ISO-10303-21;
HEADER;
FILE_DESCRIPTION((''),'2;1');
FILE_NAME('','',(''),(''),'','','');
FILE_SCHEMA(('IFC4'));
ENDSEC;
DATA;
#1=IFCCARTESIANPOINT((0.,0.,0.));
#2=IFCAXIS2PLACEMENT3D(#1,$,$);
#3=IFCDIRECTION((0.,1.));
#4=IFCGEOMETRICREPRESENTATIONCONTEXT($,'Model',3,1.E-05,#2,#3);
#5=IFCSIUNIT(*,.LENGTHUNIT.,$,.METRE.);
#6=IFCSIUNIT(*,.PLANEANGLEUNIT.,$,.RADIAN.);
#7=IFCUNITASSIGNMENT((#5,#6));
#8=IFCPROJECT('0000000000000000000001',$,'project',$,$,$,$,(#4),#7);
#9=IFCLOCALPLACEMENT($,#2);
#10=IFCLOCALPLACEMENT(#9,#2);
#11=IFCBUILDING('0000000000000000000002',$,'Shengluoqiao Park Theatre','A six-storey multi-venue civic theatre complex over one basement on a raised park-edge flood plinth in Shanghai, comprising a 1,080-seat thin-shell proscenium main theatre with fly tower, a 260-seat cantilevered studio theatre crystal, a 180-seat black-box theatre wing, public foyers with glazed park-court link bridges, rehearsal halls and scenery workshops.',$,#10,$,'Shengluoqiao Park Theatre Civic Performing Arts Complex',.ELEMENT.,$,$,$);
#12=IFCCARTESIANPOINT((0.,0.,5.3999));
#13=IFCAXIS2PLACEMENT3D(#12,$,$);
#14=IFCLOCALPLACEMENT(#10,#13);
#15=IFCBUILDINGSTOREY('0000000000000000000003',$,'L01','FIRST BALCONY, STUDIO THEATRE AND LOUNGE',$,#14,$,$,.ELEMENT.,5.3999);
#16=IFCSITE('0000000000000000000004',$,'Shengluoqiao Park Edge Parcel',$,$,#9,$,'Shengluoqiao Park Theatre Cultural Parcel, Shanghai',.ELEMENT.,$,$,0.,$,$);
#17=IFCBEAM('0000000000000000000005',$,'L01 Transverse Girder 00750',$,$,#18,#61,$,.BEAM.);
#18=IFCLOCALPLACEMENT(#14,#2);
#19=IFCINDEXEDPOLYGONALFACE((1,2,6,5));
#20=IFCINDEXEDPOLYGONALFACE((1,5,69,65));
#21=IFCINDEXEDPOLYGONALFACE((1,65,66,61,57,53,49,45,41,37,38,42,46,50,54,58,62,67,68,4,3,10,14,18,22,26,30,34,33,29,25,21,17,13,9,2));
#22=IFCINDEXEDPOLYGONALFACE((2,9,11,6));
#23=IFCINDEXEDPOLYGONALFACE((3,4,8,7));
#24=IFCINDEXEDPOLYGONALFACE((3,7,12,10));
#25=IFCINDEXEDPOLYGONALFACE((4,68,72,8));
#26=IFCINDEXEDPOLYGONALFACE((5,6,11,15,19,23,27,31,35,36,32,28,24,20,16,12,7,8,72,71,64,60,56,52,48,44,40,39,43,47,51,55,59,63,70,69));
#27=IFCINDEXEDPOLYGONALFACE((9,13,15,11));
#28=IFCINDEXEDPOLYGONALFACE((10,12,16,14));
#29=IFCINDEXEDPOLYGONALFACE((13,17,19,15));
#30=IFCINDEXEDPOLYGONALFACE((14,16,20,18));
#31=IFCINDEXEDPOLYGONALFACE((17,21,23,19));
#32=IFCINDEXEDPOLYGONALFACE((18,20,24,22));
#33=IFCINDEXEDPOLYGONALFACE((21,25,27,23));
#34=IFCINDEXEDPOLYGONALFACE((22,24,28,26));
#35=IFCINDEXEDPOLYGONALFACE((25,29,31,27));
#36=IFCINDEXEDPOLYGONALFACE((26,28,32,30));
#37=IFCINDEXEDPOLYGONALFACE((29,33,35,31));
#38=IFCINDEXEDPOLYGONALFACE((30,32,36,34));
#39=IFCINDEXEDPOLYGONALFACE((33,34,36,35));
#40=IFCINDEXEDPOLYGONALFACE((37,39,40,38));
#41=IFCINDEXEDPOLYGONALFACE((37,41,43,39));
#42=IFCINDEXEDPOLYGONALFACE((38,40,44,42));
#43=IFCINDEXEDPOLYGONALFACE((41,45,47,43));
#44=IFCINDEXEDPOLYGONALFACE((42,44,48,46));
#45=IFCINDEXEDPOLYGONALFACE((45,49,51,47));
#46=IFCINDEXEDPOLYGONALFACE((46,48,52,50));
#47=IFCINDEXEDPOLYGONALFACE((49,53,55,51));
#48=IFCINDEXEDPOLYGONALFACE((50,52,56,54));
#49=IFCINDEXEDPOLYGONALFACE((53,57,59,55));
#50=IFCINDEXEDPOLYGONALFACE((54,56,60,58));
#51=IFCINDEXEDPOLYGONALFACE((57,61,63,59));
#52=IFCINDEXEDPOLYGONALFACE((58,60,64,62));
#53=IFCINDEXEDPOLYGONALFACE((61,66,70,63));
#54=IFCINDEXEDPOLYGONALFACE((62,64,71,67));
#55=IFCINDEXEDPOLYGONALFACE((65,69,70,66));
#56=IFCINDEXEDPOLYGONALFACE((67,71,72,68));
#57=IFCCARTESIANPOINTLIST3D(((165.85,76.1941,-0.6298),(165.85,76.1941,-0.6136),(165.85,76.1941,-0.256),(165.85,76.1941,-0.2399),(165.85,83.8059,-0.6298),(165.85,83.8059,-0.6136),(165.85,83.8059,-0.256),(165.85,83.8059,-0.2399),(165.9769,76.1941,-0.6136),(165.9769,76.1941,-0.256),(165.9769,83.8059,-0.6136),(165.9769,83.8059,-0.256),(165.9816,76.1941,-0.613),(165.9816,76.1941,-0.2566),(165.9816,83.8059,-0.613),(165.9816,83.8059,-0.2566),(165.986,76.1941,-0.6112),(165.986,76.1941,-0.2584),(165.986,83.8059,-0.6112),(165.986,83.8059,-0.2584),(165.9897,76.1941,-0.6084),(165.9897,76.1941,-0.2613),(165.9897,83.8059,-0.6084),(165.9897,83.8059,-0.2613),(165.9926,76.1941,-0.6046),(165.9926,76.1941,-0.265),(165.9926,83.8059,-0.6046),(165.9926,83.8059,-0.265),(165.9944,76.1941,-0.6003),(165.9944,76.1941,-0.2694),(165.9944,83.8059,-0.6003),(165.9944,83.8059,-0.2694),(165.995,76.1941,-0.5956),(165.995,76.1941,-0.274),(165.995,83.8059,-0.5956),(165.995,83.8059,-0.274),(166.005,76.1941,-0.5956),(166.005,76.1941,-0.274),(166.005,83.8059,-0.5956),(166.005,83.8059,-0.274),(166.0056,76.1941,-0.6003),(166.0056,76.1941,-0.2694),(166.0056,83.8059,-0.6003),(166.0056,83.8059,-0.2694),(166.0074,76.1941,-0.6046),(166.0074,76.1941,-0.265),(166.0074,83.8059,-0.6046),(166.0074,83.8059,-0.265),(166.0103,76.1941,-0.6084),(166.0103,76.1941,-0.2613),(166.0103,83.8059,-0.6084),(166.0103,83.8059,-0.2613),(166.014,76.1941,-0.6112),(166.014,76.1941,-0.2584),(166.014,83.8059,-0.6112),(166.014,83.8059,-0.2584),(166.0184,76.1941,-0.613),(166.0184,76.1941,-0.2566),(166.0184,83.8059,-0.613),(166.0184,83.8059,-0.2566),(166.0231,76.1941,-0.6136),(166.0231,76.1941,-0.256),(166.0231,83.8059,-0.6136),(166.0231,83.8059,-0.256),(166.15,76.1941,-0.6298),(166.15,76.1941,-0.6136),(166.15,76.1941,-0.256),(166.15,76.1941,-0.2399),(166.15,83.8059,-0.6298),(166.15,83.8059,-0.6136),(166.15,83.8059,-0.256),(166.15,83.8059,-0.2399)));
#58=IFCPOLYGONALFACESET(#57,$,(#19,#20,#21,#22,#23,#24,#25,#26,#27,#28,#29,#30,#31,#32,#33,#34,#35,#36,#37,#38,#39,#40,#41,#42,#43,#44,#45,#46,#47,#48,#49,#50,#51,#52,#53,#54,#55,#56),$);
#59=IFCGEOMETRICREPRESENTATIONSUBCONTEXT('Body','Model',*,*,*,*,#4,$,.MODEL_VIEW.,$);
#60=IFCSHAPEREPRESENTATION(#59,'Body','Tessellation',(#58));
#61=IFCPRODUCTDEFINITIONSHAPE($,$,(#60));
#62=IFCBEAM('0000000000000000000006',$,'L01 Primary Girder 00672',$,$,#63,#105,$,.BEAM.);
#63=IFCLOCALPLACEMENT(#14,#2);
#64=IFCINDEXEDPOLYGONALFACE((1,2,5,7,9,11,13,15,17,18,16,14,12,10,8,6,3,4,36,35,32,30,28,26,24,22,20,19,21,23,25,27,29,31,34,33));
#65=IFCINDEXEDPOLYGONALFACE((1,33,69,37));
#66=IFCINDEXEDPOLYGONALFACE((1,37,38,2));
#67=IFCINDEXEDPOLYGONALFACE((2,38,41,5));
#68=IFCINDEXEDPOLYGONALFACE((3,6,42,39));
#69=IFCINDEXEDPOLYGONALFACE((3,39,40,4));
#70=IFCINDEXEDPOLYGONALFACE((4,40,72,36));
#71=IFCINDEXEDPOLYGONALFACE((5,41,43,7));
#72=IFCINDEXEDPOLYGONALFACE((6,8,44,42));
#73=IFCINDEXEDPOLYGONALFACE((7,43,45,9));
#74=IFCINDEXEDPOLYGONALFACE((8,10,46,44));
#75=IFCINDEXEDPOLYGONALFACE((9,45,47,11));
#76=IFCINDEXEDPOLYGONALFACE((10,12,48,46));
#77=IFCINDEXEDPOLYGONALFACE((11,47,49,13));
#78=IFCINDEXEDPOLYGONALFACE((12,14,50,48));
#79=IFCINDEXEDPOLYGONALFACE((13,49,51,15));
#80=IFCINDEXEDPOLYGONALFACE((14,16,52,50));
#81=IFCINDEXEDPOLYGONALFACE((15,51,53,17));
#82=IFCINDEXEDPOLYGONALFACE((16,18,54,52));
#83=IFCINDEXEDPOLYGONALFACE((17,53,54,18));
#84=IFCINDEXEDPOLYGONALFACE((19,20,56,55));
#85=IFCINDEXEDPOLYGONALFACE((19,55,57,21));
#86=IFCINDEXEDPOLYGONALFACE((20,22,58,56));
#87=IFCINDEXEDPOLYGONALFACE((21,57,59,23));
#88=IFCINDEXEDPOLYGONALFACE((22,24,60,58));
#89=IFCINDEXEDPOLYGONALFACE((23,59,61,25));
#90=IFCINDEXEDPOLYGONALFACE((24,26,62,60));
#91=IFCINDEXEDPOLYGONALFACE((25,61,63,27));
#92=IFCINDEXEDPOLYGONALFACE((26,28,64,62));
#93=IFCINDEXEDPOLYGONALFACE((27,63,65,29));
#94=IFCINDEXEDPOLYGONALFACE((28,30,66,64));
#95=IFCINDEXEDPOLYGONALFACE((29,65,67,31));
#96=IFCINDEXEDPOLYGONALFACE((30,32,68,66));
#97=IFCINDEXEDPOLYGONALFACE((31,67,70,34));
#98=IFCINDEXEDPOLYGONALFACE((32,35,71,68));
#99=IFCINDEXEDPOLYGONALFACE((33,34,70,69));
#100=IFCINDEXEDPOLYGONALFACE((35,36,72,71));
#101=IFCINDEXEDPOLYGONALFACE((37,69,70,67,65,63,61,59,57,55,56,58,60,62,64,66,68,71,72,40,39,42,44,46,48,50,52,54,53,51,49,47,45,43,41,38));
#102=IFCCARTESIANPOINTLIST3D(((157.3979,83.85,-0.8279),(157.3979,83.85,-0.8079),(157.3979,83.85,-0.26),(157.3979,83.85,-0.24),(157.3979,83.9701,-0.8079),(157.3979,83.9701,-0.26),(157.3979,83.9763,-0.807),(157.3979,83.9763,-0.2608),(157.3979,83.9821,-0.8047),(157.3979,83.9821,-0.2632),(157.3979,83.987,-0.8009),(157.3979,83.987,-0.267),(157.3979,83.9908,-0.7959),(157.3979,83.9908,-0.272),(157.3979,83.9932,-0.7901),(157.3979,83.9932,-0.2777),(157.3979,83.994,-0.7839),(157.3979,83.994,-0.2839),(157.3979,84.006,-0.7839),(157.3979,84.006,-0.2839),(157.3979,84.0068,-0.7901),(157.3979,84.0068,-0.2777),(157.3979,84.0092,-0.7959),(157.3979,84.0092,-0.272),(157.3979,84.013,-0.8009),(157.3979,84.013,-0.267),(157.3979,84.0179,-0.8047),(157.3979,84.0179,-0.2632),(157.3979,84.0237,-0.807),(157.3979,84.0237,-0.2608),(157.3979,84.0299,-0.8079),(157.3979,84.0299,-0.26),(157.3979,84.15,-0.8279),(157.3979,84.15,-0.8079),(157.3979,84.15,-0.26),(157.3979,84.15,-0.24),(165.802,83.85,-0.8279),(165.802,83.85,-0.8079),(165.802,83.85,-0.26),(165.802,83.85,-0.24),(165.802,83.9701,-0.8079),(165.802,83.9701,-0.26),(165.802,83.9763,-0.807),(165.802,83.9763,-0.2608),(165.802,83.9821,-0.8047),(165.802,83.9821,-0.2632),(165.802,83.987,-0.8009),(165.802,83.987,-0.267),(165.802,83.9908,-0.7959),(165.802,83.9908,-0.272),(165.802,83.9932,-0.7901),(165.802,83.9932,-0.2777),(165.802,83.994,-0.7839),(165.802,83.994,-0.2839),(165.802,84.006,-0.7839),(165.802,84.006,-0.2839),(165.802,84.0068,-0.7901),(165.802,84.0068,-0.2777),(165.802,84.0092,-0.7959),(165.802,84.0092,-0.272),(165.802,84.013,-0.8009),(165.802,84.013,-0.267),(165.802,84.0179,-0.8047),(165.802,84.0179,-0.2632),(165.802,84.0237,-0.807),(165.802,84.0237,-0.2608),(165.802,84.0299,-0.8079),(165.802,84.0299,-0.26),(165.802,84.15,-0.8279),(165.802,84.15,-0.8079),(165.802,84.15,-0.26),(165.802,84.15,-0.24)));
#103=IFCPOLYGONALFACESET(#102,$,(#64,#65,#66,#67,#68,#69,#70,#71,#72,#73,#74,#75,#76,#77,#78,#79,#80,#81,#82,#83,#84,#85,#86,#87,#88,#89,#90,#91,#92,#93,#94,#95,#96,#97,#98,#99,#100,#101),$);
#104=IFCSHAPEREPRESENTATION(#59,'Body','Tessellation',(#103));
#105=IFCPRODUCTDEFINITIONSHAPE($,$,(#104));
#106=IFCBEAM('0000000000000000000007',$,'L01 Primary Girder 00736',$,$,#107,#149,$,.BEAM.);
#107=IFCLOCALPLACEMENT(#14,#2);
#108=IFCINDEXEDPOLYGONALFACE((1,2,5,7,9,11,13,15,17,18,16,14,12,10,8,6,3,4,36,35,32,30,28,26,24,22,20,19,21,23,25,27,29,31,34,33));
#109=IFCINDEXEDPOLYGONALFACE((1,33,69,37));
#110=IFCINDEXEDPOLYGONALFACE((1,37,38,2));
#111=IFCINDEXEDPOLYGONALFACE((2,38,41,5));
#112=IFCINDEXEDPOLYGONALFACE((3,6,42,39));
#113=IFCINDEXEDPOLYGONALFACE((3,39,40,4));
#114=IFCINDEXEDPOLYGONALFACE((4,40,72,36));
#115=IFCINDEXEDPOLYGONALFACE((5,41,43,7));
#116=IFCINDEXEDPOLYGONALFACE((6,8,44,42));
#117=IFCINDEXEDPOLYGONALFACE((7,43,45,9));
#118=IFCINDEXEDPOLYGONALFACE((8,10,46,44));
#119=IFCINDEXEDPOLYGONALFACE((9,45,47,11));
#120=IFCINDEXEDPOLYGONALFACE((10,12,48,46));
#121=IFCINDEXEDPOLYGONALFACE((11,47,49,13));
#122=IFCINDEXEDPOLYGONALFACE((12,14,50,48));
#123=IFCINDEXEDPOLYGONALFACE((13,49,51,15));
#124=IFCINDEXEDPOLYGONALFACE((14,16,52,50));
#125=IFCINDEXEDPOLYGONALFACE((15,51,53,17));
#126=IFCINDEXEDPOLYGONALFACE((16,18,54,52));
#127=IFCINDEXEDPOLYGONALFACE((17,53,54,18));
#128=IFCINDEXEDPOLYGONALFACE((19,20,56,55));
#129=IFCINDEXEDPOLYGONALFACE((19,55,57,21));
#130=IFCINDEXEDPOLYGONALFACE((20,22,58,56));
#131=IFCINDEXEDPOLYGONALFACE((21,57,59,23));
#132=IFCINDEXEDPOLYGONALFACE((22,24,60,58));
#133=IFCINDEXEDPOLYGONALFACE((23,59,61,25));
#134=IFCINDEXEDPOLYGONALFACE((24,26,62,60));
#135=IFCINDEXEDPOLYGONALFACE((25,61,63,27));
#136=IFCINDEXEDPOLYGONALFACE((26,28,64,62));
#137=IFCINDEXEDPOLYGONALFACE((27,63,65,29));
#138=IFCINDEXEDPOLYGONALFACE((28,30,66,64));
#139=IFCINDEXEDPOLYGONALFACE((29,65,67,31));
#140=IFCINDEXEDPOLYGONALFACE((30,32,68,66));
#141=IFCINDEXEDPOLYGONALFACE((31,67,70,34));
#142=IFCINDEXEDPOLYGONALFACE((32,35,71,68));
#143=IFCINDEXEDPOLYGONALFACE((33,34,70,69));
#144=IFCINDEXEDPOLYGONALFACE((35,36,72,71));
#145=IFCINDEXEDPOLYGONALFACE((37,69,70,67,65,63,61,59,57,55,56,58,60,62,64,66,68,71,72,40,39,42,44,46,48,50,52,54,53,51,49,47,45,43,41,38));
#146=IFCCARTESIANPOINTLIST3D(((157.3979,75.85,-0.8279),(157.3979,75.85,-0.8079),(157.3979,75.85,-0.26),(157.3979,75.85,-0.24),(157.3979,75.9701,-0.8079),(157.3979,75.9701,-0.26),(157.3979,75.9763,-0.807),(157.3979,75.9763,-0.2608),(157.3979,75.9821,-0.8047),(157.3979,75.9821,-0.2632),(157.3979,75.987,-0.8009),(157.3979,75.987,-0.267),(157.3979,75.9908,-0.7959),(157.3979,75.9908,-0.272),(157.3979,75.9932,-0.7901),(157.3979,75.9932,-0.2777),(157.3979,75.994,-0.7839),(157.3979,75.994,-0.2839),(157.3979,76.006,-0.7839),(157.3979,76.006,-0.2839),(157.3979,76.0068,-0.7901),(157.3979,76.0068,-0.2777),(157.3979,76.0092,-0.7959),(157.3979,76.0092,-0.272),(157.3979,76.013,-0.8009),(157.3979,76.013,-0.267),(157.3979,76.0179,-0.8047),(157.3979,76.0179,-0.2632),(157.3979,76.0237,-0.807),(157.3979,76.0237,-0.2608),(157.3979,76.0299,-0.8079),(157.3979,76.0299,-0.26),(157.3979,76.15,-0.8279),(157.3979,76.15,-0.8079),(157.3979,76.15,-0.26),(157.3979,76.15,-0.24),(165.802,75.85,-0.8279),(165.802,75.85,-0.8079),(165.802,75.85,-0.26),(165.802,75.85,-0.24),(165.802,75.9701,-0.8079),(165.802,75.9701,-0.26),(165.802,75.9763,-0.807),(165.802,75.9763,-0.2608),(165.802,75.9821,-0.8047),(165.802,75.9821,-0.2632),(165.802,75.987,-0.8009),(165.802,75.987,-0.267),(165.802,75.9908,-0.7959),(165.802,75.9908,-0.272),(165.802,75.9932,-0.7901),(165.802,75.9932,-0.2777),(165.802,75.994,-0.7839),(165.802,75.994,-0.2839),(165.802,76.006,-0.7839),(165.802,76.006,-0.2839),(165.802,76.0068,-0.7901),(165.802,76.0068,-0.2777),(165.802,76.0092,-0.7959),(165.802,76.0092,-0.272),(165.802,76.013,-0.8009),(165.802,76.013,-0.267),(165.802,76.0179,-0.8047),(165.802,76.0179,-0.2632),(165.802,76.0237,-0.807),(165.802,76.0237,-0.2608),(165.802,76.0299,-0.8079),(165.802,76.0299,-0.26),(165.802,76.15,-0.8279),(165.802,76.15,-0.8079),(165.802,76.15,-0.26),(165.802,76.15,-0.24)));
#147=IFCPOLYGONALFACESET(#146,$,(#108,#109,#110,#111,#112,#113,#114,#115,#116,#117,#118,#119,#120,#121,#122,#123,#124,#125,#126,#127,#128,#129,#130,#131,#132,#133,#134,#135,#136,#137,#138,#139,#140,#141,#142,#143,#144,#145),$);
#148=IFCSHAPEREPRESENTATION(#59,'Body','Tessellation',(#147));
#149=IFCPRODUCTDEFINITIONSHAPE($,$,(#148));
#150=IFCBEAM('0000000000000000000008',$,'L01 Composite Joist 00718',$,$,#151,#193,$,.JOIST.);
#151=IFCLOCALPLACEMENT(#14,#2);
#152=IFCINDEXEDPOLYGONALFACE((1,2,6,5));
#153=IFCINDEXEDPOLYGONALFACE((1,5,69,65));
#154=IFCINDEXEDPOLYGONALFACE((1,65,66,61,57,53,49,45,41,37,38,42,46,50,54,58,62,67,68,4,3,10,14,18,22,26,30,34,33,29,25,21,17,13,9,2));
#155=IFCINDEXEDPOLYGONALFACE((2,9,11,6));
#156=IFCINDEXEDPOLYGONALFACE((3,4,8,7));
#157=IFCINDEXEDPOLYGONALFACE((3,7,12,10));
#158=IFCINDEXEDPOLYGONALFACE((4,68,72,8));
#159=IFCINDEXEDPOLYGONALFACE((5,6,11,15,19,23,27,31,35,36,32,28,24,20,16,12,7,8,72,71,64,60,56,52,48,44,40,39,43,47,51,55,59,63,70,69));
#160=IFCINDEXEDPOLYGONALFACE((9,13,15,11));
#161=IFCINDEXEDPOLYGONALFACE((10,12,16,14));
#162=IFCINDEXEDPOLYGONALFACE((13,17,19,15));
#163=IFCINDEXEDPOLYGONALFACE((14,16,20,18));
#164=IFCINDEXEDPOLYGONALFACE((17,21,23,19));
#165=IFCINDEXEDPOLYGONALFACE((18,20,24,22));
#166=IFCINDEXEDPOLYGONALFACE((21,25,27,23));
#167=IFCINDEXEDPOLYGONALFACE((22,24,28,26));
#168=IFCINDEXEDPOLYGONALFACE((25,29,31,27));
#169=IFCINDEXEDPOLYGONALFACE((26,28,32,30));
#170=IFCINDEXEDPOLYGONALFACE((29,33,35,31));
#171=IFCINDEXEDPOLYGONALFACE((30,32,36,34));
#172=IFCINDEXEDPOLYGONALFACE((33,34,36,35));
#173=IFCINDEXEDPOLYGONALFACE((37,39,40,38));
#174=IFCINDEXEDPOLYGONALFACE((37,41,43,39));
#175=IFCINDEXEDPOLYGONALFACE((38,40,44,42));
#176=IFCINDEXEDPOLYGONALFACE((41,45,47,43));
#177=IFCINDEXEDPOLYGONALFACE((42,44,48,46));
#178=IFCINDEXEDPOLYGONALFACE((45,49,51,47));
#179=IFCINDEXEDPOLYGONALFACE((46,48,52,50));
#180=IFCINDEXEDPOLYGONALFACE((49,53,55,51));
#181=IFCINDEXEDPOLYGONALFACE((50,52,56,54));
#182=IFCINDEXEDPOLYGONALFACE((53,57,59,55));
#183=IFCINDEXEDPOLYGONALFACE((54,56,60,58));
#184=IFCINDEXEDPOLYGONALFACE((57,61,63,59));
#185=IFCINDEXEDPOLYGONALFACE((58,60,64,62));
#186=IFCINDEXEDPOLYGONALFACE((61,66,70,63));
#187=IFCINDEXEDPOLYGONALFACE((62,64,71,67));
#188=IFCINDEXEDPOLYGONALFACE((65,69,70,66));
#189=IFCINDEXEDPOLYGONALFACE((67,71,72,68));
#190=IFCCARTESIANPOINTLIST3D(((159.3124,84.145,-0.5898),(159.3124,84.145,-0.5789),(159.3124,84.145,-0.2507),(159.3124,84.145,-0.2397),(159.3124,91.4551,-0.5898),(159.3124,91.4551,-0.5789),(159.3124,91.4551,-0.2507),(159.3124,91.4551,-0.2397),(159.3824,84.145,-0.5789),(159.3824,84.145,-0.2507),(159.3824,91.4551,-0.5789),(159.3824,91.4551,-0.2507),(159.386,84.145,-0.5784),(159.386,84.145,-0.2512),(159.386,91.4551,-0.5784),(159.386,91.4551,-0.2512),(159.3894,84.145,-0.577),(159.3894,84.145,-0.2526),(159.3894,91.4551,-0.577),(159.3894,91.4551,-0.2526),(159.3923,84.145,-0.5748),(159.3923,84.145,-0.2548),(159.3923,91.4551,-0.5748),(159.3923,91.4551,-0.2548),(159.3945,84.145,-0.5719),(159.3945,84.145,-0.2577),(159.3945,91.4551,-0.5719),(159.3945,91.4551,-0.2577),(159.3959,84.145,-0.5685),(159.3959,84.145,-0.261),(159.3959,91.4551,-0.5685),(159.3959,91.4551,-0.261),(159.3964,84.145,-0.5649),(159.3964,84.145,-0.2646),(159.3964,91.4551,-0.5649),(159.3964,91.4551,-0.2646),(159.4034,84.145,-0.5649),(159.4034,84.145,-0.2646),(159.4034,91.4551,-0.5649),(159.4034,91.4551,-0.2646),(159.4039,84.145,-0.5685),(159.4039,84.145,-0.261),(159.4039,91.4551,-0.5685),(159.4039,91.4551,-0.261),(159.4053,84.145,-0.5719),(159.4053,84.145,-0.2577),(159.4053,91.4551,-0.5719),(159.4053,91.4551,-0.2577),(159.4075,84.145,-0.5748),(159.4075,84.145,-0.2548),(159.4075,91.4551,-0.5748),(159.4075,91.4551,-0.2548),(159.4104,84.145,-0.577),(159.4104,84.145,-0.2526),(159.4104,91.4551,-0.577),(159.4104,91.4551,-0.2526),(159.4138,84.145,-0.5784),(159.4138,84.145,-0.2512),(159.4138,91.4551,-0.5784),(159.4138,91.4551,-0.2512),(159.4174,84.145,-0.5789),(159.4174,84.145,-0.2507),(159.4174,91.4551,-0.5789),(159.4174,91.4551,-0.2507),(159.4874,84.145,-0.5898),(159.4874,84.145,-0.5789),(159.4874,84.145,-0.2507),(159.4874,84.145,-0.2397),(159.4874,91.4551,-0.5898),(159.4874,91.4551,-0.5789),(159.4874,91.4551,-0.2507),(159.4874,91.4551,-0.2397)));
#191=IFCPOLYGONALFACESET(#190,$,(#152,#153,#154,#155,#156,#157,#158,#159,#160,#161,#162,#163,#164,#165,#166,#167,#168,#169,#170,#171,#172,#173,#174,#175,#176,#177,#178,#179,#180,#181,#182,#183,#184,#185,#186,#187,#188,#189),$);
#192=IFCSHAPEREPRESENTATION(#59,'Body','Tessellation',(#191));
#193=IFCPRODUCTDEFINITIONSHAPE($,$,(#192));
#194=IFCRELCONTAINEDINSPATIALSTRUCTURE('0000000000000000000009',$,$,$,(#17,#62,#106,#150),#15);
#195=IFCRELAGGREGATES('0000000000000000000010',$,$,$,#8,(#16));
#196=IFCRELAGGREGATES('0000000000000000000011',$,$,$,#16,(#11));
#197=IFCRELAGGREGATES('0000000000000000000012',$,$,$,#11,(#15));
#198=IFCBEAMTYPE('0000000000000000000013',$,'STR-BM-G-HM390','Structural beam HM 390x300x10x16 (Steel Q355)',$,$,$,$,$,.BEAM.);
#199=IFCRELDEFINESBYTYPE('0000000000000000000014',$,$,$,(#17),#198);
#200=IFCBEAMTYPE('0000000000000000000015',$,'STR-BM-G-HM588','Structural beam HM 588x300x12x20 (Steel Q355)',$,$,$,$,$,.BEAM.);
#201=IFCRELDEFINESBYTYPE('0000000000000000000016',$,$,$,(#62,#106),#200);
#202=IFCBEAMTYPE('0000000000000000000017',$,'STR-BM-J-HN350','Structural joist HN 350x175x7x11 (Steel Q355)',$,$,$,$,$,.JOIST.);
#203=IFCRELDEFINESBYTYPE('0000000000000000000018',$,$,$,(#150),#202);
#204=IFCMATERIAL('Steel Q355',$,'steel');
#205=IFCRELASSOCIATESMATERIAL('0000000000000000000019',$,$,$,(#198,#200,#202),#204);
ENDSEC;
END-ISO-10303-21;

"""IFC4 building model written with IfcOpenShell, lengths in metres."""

from ifc_helpers import new_model, si_unit, direction, frame, origin, origin_2d, place, context, subcontext, project, spatial, i_section, extrude, material, material_profile, profile_set, type_object, element, save


model = new_model("IFC4")

# Units and contexts
model_context = context("Model", 3, precision=1e-05, world=origin(), true_north=direction((0.0, 1.0)))
body_context = subcontext(model_context, "Body", "Model", "MODEL_VIEW")
ifc_project = project(units=[si_unit("LENGTHUNIT", "METRE"), si_unit("PLANEANGLEUNIT", "RADIAN")], contexts=[model_context])

# Site, building, storey
site_placement = place(None, origin())
site = spatial("IfcSite", under=ifc_project, at=site_placement, Name="Shengluoqiao Park Edge Parcel", LongName="Shengluoqiao Park Theatre Cultural Parcel, Shanghai", CompositionType="ELEMENT", RefElevation=0.0)
building_placement = place(site_placement, origin())
building = spatial("IfcBuilding", under=site, at=building_placement, Name="Shengluoqiao Park Theatre", Description="A six-storey multi-venue civic theatre complex over one basement on a raised park-edge flood plinth in Shanghai, comprising a 1,080-seat thin-shell proscenium main theatre with fly tower, a 260-seat cantilevered studio theatre crystal, a 180-seat black-box theatre wing, public foyers with glazed park-court link bridges, rehearsal halls and scenery workshops.", LongName="Shengluoqiao Park Theatre Civic Performing Arts Complex", CompositionType="ELEMENT")
storey_placement = place(building_placement, frame((0.0, 0.0, 5.3999)))
storey = spatial("IfcBuildingStorey", under=building, at=storey_placement, Name="L01", Description="FIRST BALCONY, STUDIO THEATRE AND LOUNGE", CompositionType="ELEMENT", Elevation=5.3999)

# Beams
ifc_material_1 = material(Name="Steel Q355", Category="steel")
ifc_material_profile_1 = material_profile(ifc_material_1, i_section(OverallWidth=0.3, OverallDepth=0.3899, WebThickness=0.01, FlangeThickness=0.0161, FilletRadius=0.0181, at=origin_2d()), Name="HM 390x300x10x16")
ifc_profile_set_1 = profile_set([ifc_material_profile_1], Name="Steel Q355")
beam_type_1 = type_object("IfcBeamType", Name="STR-BM-G-HM390", Description="Structural beam HM 390x300x10x16 (Steel Q355)", PredefinedType="BEAM", material=ifc_profile_set_1)
beam_placement = place(storey_placement, frame((166.0, 76.1941, -0.4348), z_axis=(0.0, 1.0, 0.0), x_axis=(-1.0, 0.0, 0.0)))
element("IfcBeam", 1, at=beam_placement, inside=storey, type_object=beam_type_1, Name="L01 Transverse Girder 00750", PredefinedType="BEAM", context=body_context, shape_type="SweptSolid", body=[
    extrude(i_section(OverallWidth=0.3, OverallDepth=0.3899, WebThickness=0.01, FlangeThickness=0.0161, FilletRadius=0.0181, at=origin_2d()), origin(), (0.0, 0.0, 1.0), 7.6118),
])
ifc_material_profile_2 = material_profile(ifc_material_1, i_section(OverallWidth=0.3, OverallDepth=0.5879, WebThickness=0.012, FlangeThickness=0.02, FilletRadius=0.0239, at=origin_2d()), Name="HM 588x300x12x20")
ifc_profile_set_2 = profile_set([ifc_material_profile_2], Name="Steel Q355")
beam_type_2 = type_object("IfcBeamType", Name="STR-BM-G-HM588", Description="Structural beam HM 588x300x12x20 (Steel Q355)", PredefinedType="BEAM", material=ifc_profile_set_2)
for number, where, z_axis, x_axis, name in (
    (2, (157.3979, 84.0, -0.5339), (1.0, 0.0, 0.0), (0.0, 1.0, 0.0), "L01 Primary Girder 00672"),
    (3, (157.3979, 76.0, -0.5339), (1.0, 0.0, 0.0), (0.0, 1.0, 0.0), "L01 Primary Girder 00736"),
):
    element("IfcBeam", number, at=place(storey_placement, frame(where, z_axis=z_axis, x_axis=x_axis)), inside=storey, type_object=beam_type_2, Name=name, PredefinedType="BEAM", context=body_context, shape_type="SweptSolid", body=[
        extrude(i_section(OverallWidth=0.3, OverallDepth=0.5879, WebThickness=0.012, FlangeThickness=0.02, FilletRadius=0.0239, at=origin_2d()), origin(), (0.0, 0.0, 1.0), 8.4041),
    ])
ifc_material_profile_3 = material_profile(ifc_material_1, i_section(OverallWidth=0.175, OverallDepth=0.3501, WebThickness=0.0071, FlangeThickness=0.011, FilletRadius=0.0139, at=origin_2d()), Name="HN 350x175x7x11")
ifc_profile_set_3 = profile_set([ifc_material_profile_3], Name="Steel Q355")
beam_type_3 = type_object("IfcBeamType", Name="STR-BM-J-HN350", Description="Structural joist HN 350x175x7x11 (Steel Q355)", PredefinedType="JOIST", material=ifc_profile_set_3)
for number, where, z_axis, x_axis, name in (
    (4, (159.3999, 84.145, -0.4148), (0.0, 1.0, 0.0), (-1.0, 0.0, 0.0), "L01 Composite Joist 00718"),
):
    element("IfcBeam", number, at=place(storey_placement, frame(where, z_axis=z_axis, x_axis=x_axis)), inside=storey, type_object=beam_type_3, Name=name, PredefinedType="JOIST", context=body_context, shape_type="SweptSolid", body=[
        extrude(i_section(OverallWidth=0.175, OverallDepth=0.3501, WebThickness=0.0071, FlangeThickness=0.011, FilletRadius=0.0139, at=origin_2d()), origin(), (0.0, 0.0, 1.0), 7.3101),
    ])

save(model, "model.ifc")
